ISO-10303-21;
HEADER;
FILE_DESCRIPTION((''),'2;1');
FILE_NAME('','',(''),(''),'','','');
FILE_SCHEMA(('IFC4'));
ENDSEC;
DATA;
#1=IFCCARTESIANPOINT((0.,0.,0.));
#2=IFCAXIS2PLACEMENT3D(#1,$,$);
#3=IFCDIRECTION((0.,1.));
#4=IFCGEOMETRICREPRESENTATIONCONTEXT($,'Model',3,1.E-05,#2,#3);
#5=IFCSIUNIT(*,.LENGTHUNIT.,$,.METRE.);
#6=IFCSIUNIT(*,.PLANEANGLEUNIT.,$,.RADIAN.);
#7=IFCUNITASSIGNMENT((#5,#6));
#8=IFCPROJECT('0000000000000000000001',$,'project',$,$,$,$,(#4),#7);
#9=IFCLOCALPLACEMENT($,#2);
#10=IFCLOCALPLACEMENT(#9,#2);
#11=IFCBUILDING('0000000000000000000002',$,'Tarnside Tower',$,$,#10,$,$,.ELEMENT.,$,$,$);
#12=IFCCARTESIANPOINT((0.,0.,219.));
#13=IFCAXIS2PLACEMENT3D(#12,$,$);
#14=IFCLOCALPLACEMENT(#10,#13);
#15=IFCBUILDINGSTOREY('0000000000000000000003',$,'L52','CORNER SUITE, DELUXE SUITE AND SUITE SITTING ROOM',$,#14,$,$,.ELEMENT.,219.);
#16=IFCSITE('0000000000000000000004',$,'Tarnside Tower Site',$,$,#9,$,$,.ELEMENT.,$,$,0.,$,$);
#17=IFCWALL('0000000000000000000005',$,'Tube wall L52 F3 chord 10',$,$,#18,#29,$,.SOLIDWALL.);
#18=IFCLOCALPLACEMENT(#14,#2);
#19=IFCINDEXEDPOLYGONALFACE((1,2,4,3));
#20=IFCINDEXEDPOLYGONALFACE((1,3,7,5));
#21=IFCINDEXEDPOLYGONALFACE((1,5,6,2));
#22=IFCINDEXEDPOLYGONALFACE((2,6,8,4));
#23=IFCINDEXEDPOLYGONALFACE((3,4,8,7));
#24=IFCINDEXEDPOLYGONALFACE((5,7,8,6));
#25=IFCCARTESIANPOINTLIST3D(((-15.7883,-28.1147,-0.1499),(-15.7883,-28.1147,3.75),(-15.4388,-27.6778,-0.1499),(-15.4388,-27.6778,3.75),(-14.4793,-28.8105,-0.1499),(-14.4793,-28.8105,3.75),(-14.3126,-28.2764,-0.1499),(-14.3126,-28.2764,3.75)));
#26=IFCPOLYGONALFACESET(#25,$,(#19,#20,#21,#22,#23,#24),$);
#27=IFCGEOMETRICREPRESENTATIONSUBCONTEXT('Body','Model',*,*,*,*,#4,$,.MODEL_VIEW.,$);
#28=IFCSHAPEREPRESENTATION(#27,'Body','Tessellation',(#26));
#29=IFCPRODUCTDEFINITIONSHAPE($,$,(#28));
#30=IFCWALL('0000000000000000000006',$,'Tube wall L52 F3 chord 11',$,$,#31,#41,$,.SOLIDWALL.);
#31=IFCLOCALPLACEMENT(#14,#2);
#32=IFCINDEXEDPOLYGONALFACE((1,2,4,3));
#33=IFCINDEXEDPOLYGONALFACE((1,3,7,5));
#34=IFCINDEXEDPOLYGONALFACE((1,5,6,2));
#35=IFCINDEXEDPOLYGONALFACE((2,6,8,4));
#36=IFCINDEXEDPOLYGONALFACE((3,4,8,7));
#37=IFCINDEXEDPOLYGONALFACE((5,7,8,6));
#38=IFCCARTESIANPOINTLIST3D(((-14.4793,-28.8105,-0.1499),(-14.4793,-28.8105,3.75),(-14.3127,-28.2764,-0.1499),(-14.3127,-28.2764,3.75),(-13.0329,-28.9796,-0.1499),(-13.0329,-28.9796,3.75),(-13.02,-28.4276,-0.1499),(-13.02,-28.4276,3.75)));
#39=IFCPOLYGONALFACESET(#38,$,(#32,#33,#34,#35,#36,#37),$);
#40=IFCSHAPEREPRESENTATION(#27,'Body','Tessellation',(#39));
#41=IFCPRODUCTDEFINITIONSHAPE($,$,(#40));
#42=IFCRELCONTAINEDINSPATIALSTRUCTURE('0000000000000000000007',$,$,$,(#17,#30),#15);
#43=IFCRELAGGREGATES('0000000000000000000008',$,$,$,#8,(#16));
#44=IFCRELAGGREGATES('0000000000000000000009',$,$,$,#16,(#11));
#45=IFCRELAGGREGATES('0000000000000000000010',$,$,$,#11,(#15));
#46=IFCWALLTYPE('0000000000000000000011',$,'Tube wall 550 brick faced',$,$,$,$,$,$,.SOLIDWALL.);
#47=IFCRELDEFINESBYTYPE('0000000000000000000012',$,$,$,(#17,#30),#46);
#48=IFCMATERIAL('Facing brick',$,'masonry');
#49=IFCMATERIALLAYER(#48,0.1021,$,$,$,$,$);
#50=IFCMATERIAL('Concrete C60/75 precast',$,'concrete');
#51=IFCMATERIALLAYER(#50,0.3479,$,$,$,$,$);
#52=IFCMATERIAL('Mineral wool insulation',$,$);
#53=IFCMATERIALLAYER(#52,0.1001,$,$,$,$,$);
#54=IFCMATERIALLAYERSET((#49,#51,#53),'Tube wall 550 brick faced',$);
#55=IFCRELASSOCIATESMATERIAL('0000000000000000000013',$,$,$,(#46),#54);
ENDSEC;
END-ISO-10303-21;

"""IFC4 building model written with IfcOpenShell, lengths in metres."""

from ifc_helpers import new_model, si_unit, direction, frame, origin, place, context, subcontext, project, spatial, polyline, outline, extrude, material, layer, layer_set, type_object, element, save


model = new_model("IFC4")

# Units and contexts
model_context = context("Model", 3, precision=1e-05, world=origin(), true_north=direction((0.0, 1.0)))
body_context = subcontext(model_context, "Body", "Model", "MODEL_VIEW")
ifc_project = project(units=[si_unit("LENGTHUNIT", "METRE"), si_unit("PLANEANGLEUNIT", "RADIAN")], contexts=[model_context])

# Site, building, storey
site_placement = place(None, origin())
site = spatial("IfcSite", under=ifc_project, at=site_placement, Name="Tarnside Tower Site", CompositionType="ELEMENT", RefElevation=0.0)
building_placement = place(site_placement, origin())
building = spatial("IfcBuilding", under=site, at=building_placement, Name="Tarnside Tower", CompositionType="ELEMENT")
storey_placement = place(building_placement, frame((0.0, 0.0, 219.0)))
storey = spatial("IfcBuildingStorey", under=building, at=storey_placement, Name="L52", Description="CORNER SUITE, DELUXE SUITE AND SUITE SITTING ROOM", CompositionType="ELEMENT", Elevation=219.0)

# Walls
ifc_material_1 = material(Name="Facing brick", Category="masonry")
ifc_layer_1 = layer(ifc_material_1, 0.1021)
ifc_material_2 = material(Name="Concrete C60/75 precast", Category="concrete")
ifc_layer_2 = layer(ifc_material_2, 0.3479)
ifc_material_3 = material(Name="Mineral wool insulation")
ifc_layer_3 = layer(ifc_material_3, 0.1001)
ifc_layer_set_1 = layer_set([ifc_layer_1, ifc_layer_2, ifc_layer_3], Name="Tube wall 550 brick faced")
wall_type_1 = type_object("IfcWallType", Name="Tube wall 550 brick faced", PredefinedType="SOLIDWALL", material=ifc_layer_set_1)
wall_1_placement = place(storey_placement, frame((-15.6135, -27.8962, -0.1499), z_axis=(0.0, 0.0, 1.0), x_axis=(0.882994, -0.469384, 0.0)))
element("IfcWall", 1, at=wall_1_placement, inside=storey, type_object=wall_type_1, Name="Tube wall L52 F3 chord 10", PredefinedType="SOLIDWALL", context=body_context, shape_type="SweptSolid", body=[
    extrude(outline(polyline([(-0.0518, -0.2749), (1.4307, -0.2749), (1.3271, 0.2749), (0.0518, 0.2749), (-0.0518, -0.2749)])), origin(), (0.0, 0.0, 1.0), 3.8999),
])
wall_2_placement = place(storey_placement, frame((-14.396, -28.5435, -0.1499), z_axis=(0.0, 0.0, 1.0), x_axis=(0.993233, -0.116143, 0.0)))
element("IfcWall", 2, at=wall_2_placement, inside=storey, type_object=wall_type_1, Name="Tube wall L52 F3 chord 11", PredefinedType="SOLIDWALL", context=body_context, shape_type="SweptSolid", body=[
    extrude(outline(polyline([(-0.0518, -0.2749), (1.4045, -0.2749), (1.3533, 0.2749), (0.0518, 0.2749), (-0.0518, -0.2749)])), origin(), (0.0, 0.0, 1.0), 3.8999),
])

save(model, "model.ifc")
